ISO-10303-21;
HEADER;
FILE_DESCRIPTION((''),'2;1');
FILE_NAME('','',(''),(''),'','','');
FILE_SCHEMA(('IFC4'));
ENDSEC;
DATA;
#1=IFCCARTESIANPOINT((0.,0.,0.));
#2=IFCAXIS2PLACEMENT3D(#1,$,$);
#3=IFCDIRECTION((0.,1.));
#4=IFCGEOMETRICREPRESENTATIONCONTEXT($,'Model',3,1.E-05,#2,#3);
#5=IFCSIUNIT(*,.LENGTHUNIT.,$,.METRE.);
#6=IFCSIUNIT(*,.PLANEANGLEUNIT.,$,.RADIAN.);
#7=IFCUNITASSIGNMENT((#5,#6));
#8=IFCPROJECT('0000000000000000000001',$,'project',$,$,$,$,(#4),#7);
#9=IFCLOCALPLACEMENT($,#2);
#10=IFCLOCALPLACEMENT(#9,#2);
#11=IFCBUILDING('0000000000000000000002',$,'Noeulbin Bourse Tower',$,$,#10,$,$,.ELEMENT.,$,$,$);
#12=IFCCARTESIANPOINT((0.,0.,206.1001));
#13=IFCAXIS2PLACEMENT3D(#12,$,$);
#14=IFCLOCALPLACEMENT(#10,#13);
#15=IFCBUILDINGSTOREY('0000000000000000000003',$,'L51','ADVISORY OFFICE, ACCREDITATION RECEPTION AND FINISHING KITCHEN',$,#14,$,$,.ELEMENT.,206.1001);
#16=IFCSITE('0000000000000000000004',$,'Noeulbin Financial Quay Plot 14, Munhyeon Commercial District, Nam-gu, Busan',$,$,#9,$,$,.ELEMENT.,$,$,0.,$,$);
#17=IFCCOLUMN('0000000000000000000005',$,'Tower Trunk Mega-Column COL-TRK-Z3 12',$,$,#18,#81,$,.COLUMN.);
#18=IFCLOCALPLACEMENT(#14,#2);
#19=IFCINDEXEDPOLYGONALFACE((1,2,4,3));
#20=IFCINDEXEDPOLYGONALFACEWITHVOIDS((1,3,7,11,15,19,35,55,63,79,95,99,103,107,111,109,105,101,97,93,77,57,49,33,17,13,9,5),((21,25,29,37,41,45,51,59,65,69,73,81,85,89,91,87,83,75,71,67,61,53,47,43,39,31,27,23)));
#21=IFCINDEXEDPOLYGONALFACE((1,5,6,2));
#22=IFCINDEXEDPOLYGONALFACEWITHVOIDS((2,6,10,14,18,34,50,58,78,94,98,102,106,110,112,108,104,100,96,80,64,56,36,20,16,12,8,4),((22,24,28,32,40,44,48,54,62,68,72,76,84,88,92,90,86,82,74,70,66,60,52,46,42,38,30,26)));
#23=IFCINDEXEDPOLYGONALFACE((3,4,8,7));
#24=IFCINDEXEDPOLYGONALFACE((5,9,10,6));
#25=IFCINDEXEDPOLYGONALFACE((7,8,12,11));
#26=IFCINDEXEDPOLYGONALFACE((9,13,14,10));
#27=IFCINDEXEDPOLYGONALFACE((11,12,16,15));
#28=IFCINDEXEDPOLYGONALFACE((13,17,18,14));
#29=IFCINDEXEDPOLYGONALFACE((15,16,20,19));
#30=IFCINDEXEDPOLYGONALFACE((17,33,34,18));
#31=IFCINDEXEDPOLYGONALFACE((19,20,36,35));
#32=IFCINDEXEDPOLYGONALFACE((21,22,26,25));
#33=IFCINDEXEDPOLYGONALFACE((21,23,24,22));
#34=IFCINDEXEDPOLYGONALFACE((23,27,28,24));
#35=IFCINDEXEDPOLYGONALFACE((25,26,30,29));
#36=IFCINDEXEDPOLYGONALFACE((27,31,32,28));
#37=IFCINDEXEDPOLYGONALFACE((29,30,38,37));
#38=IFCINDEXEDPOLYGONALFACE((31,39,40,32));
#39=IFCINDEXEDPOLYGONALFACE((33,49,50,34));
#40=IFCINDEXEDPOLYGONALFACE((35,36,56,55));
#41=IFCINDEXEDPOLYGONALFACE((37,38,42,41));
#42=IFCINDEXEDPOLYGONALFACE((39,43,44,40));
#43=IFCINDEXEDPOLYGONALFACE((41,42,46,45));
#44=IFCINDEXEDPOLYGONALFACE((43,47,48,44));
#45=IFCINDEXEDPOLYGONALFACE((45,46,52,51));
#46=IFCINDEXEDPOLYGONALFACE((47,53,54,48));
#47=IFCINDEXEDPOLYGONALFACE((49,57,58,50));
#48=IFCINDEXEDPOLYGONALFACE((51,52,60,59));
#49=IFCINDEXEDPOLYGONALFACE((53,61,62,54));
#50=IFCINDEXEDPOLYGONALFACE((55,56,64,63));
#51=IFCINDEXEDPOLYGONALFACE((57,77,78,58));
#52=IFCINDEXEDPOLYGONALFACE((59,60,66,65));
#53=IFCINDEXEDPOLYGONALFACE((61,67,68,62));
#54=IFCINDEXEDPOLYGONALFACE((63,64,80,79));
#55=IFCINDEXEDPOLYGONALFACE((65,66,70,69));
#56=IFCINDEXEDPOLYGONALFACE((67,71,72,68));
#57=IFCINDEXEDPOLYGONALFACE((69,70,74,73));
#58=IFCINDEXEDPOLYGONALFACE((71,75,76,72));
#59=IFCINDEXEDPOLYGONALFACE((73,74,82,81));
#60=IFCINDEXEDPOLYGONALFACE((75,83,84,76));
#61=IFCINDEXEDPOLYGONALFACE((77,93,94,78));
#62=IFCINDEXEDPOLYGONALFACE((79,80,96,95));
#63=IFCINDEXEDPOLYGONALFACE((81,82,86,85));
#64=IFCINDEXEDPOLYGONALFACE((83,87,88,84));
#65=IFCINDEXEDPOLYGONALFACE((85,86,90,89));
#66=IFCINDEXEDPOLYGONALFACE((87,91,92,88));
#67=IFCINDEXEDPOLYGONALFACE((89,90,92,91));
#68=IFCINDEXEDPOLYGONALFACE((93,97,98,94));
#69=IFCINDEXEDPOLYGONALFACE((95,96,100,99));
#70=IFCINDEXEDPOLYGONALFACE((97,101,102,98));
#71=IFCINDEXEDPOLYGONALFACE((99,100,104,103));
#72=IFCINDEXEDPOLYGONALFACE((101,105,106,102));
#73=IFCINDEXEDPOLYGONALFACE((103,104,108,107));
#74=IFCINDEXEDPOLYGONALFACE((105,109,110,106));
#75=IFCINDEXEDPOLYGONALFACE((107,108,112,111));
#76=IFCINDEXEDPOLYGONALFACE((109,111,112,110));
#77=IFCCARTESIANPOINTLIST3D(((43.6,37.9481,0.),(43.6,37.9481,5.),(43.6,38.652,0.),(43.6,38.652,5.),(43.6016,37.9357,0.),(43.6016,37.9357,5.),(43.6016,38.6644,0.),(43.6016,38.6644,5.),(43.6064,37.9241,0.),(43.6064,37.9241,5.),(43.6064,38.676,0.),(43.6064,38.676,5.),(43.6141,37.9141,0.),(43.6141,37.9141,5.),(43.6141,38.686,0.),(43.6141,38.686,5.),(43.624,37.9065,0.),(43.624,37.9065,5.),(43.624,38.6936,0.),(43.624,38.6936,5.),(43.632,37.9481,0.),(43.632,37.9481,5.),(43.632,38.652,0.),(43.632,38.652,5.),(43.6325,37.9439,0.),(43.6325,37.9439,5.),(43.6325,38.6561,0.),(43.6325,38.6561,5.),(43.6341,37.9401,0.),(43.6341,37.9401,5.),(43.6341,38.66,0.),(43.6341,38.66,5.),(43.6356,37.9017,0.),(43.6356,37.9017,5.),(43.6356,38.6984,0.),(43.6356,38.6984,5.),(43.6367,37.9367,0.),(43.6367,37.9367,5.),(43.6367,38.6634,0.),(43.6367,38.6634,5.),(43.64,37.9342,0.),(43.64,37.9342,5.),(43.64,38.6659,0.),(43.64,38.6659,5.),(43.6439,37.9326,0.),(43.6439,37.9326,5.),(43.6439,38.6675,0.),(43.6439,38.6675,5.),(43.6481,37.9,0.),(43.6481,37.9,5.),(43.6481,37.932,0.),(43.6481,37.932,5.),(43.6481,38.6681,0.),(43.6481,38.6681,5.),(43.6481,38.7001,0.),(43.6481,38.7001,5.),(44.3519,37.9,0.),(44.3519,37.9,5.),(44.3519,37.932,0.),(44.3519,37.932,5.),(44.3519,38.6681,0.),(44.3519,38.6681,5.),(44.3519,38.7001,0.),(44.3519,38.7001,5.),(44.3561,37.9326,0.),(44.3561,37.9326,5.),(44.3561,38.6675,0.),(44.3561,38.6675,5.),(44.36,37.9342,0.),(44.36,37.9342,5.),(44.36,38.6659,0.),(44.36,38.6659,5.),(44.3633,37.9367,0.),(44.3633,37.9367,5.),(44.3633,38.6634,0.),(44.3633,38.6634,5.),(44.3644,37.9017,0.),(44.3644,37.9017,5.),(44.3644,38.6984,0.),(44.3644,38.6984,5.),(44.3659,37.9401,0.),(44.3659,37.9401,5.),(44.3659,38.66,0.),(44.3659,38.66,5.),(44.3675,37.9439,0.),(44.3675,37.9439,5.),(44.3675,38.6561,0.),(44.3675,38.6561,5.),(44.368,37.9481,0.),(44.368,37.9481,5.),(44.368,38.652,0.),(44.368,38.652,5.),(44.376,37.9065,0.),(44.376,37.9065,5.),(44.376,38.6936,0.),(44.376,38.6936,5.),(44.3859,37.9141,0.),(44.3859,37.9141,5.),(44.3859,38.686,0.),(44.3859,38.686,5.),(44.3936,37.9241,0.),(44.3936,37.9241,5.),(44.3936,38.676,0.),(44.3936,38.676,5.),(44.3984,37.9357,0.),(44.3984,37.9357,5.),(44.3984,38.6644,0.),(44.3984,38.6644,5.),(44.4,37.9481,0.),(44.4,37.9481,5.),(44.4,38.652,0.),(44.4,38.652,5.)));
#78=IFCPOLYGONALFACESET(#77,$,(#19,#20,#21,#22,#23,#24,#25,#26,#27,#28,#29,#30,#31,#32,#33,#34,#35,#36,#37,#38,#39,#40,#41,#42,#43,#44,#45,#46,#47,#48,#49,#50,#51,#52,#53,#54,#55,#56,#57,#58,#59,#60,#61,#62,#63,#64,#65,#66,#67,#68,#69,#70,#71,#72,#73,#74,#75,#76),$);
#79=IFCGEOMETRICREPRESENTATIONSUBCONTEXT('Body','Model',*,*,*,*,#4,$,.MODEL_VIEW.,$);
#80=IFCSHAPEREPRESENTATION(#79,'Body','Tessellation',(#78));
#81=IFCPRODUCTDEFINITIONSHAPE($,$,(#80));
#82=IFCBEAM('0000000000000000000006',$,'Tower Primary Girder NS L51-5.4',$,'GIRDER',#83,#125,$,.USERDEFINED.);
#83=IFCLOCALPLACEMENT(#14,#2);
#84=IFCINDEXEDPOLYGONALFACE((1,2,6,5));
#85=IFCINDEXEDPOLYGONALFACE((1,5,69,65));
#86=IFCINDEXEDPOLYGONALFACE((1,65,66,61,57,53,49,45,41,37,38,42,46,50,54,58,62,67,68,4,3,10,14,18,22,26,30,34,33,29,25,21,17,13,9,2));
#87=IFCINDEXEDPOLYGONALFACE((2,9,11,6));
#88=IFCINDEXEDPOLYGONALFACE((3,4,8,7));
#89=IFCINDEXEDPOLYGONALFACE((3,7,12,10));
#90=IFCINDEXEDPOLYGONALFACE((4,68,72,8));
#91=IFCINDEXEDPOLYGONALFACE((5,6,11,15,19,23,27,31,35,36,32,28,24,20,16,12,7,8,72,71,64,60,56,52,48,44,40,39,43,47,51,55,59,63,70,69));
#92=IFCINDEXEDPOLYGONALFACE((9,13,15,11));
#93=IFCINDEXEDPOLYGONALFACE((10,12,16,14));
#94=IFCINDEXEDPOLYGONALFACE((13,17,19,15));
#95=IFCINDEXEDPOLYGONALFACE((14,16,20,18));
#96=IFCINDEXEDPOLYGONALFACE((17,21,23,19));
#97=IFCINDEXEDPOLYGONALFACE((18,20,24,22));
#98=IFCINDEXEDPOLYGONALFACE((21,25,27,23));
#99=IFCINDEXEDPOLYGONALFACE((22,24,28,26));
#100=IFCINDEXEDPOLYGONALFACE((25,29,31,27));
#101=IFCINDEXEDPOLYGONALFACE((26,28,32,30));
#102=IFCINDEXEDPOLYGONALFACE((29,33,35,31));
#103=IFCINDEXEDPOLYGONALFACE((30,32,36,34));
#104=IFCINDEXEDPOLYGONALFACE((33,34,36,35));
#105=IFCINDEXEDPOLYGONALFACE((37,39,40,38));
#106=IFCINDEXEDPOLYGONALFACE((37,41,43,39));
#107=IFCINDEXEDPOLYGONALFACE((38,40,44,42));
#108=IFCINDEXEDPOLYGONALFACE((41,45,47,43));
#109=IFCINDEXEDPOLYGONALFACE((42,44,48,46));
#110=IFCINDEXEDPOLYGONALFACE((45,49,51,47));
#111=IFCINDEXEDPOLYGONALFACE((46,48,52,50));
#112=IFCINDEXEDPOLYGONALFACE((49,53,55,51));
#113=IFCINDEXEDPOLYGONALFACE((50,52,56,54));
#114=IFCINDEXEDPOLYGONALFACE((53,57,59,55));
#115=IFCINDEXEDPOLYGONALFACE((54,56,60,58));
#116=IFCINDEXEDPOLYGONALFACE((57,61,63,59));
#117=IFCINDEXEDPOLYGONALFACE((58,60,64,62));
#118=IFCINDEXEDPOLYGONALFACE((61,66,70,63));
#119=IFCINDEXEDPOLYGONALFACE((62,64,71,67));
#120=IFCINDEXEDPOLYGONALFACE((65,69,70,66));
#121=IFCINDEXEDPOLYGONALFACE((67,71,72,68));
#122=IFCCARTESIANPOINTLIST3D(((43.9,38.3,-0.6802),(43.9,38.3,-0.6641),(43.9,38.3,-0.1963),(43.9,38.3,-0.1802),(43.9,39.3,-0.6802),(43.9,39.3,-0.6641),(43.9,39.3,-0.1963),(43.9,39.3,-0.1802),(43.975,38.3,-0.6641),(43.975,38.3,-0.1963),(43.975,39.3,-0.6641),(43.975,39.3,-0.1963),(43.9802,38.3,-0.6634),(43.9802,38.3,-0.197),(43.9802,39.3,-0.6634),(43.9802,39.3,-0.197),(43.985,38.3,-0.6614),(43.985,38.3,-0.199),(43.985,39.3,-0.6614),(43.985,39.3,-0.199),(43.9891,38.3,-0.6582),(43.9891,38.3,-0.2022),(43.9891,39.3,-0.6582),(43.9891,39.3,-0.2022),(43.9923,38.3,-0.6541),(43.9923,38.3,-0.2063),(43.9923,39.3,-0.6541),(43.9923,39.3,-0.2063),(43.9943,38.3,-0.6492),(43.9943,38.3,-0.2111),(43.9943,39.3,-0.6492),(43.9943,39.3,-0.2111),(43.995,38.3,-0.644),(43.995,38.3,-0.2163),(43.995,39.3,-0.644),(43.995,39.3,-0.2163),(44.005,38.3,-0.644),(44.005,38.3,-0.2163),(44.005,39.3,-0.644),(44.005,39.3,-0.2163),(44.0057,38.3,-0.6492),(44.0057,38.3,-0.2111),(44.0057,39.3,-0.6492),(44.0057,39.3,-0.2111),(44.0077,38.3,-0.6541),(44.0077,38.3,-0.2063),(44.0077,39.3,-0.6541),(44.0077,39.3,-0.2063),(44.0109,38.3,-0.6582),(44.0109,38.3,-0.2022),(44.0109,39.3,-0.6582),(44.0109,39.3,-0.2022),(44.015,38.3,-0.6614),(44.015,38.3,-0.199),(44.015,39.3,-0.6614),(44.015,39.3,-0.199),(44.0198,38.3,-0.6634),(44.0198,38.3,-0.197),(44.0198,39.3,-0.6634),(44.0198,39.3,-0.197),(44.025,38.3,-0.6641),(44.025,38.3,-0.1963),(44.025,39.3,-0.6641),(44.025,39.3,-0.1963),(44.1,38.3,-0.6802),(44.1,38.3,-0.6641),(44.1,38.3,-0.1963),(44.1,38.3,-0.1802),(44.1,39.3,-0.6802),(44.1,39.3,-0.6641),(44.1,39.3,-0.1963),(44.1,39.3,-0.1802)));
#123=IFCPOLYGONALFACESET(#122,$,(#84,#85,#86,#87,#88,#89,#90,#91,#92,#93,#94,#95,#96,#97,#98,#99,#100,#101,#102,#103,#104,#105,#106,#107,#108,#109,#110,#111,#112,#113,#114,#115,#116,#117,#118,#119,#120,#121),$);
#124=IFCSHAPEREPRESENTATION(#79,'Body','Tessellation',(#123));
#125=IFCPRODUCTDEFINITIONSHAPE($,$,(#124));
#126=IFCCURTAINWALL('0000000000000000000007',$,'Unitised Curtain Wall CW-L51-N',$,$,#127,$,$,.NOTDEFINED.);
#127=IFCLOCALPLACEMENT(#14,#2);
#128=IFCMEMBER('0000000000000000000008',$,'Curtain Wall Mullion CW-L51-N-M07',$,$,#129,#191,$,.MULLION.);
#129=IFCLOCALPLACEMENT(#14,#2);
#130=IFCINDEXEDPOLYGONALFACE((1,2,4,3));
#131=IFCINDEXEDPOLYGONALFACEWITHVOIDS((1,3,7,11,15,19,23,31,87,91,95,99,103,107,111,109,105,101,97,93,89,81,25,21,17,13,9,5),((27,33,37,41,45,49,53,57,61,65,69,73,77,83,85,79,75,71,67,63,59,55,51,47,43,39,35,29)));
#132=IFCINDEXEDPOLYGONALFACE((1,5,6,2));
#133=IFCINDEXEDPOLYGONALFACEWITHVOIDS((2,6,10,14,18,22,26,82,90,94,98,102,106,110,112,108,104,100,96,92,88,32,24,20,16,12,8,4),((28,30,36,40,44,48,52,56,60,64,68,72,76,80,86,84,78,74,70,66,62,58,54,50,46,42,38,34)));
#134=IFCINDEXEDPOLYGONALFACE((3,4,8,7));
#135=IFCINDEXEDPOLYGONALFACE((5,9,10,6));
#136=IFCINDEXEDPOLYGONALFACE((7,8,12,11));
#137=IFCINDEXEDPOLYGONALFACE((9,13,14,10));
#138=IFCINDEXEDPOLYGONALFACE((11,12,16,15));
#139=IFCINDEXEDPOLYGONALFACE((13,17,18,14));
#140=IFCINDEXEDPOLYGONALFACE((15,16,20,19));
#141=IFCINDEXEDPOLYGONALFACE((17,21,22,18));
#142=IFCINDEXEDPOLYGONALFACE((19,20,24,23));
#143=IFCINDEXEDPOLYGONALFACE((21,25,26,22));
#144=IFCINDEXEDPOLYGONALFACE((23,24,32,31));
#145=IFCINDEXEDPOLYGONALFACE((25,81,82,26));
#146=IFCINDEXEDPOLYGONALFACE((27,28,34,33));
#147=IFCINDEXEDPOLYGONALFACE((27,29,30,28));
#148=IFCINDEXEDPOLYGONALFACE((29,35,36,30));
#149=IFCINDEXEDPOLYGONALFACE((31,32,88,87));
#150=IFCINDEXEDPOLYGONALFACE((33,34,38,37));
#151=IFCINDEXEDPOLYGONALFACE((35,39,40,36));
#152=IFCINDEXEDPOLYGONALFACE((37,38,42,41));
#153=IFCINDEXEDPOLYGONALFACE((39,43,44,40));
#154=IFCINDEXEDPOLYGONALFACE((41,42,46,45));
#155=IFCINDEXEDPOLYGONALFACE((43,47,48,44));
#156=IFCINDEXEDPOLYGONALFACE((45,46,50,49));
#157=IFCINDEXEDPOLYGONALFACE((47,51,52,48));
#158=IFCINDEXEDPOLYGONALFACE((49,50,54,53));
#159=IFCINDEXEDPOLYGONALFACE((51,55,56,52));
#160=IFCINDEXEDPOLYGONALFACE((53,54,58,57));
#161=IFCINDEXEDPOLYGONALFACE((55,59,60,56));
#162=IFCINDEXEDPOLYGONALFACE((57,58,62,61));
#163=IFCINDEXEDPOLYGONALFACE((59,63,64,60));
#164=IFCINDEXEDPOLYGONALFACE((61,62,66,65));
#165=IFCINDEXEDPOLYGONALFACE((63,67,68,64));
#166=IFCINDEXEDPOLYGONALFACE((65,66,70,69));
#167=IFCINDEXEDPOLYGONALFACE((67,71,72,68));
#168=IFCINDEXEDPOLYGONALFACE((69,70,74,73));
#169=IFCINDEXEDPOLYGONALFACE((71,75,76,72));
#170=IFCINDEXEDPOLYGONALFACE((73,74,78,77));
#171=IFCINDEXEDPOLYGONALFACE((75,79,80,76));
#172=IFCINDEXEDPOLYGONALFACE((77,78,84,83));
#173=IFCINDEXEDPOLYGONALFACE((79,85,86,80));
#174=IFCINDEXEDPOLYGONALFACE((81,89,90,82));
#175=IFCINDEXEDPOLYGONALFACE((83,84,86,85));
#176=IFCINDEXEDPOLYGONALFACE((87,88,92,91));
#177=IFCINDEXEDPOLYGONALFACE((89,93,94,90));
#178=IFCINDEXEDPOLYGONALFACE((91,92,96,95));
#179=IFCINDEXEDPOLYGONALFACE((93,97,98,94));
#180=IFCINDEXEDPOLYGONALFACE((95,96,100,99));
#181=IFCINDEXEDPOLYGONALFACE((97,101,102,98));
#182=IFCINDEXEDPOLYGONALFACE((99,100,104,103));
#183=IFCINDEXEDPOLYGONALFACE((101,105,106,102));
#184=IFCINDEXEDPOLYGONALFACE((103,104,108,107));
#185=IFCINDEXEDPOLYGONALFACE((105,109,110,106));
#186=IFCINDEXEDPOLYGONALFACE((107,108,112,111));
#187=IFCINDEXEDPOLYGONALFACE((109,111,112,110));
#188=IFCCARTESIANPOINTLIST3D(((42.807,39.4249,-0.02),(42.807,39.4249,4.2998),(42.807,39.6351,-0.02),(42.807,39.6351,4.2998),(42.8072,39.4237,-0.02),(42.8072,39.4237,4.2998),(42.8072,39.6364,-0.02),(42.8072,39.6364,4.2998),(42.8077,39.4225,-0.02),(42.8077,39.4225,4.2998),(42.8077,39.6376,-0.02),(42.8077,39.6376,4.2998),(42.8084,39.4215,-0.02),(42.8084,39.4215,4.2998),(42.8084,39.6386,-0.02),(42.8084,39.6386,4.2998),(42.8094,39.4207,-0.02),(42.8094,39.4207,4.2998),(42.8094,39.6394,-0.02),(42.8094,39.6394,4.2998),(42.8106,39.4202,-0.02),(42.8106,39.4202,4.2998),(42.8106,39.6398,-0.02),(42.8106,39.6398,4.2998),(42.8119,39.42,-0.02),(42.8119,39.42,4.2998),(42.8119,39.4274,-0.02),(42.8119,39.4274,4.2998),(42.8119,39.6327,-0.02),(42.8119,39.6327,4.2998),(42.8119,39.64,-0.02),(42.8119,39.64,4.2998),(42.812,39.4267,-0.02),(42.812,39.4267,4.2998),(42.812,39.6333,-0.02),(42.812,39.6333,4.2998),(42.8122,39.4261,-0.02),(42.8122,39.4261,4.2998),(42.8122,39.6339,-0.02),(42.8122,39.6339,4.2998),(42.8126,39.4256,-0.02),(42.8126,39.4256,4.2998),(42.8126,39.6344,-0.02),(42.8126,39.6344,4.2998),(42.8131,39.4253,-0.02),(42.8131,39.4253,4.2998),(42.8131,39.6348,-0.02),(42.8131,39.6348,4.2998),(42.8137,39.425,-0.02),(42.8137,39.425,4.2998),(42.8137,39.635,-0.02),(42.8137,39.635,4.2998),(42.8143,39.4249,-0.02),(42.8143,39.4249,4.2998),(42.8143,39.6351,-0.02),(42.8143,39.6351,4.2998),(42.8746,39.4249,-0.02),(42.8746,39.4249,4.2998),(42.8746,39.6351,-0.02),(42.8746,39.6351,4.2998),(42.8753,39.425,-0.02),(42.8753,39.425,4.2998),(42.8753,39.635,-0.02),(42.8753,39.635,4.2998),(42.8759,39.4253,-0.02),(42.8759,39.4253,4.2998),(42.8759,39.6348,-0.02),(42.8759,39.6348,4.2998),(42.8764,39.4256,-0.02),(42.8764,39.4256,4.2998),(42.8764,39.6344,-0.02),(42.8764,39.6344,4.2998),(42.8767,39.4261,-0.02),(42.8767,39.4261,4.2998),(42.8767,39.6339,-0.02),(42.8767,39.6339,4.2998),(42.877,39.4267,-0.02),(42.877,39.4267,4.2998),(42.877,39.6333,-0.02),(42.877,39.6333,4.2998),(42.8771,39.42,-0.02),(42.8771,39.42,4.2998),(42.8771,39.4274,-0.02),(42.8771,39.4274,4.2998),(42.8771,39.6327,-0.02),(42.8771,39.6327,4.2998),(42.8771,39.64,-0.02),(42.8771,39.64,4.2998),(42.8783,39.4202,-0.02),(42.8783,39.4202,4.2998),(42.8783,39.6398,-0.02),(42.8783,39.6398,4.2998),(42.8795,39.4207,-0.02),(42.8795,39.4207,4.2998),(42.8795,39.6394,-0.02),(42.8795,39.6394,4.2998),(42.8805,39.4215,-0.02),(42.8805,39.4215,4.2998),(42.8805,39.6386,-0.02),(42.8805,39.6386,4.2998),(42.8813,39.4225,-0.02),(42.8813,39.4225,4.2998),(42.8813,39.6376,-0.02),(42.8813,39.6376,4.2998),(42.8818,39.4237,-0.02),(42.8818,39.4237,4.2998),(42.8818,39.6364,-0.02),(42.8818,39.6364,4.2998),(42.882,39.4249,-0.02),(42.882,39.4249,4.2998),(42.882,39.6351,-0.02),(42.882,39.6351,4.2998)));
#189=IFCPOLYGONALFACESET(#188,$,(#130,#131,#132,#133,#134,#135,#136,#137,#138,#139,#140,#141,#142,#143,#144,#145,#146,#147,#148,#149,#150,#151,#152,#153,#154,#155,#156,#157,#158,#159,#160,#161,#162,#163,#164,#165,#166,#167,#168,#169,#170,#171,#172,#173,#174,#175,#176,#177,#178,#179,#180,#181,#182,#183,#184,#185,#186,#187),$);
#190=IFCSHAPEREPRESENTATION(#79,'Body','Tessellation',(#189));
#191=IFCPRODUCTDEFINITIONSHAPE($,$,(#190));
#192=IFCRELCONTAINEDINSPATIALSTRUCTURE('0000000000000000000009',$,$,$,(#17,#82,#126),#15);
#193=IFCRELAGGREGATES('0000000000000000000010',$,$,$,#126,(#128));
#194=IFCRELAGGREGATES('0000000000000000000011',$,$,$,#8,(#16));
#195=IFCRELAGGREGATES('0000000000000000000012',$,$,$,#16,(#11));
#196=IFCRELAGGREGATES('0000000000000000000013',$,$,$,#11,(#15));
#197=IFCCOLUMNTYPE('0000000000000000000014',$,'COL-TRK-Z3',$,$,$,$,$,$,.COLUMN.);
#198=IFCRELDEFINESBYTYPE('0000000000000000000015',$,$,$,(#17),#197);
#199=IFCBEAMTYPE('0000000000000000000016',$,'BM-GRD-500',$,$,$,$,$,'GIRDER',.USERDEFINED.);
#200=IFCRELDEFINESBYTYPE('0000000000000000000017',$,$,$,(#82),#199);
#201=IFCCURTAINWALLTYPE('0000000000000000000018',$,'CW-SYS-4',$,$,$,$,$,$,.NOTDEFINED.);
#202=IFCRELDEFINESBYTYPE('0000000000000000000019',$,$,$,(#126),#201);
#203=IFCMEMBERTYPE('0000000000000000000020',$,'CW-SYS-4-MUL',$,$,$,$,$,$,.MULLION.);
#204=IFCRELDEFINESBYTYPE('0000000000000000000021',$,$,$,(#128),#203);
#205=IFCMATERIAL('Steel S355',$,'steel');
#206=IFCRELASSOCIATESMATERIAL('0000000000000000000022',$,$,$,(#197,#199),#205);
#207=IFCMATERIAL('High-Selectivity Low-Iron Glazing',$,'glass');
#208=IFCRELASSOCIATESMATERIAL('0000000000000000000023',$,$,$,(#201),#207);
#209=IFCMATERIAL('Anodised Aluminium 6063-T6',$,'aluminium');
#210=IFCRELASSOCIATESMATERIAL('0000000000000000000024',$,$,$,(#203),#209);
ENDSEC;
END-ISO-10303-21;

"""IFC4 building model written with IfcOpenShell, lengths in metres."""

from ifc_helpers import new_model, si_unit, direction, frame, origin, origin_2d, place, context, subcontext, project, spatial, hollow_rectangle, i_section, extrude, material, material_profile, profile_set, type_object, element, aggregate, save


model = new_model("IFC4")

# Units and contexts
model_context = context("Model", 3, precision=1e-05, world=origin(), true_north=direction((0.0, 1.0)))
body_context = subcontext(model_context, "Body", "Model", "MODEL_VIEW")
ifc_project = project(units=[si_unit("LENGTHUNIT", "METRE"), si_unit("PLANEANGLEUNIT", "RADIAN")], contexts=[model_context])

# Site, building, storey
site_placement = place(None, origin())
site = spatial("IfcSite", under=ifc_project, at=site_placement, Name="Noeulbin Financial Quay Plot 14, Munhyeon Commercial District, Nam-gu, Busan", CompositionType="ELEMENT", RefElevation=0.0)
building_placement = place(site_placement, origin())
building = spatial("IfcBuilding", under=site, at=building_placement, Name="Noeulbin Bourse Tower", CompositionType="ELEMENT")
storey_placement = place(building_placement, frame((0.0, 0.0, 206.1001)))
storey = spatial("IfcBuildingStorey", under=building, at=storey_placement, Name="L51", Description="ADVISORY OFFICE, ACCREDITATION RECEPTION AND FINISHING KITCHEN", CompositionType="ELEMENT", Elevation=206.1001)

# Column
ifc_material_1 = material(Name="Steel S355", Category="steel")
ifc_material_profile_1 = material_profile(ifc_material_1, hollow_rectangle(XDim=0.8, YDim=0.8, WallThickness=0.032, InnerFilletRadius=0.0161, OuterFilletRadius=0.0481, at=origin_2d()), Name="BOX-800x800x32", Category="LoadBearing")
ifc_profile_set_1 = profile_set([ifc_material_profile_1], Name="Steel S355")
column_type = type_object("IfcColumnType", Name="COL-TRK-Z3", PredefinedType="COLUMN", material=ifc_profile_set_1)
column_placement = place(storey_placement, frame((44.0, 38.3, 0.0), z_axis=(0.0, 0.0, 1.0), x_axis=(1.0, 0.0, 0.0)))
element("IfcColumn", 1, at=column_placement, inside=storey, type_object=column_type, Name="Tower Trunk Mega-Column COL-TRK-Z3 12", PredefinedType="COLUMN", context=body_context, shape_type="SweptSolid", body=[
    extrude(hollow_rectangle(XDim=0.8, YDim=0.8, WallThickness=0.032, InnerFilletRadius=0.0161, OuterFilletRadius=0.0481, at=origin_2d()), origin(), (0.0, 0.0, 1.0), 5.0),
])

# Beam
ifc_material_profile_2 = material_profile(ifc_material_1, i_section(OverallWidth=0.2, OverallDepth=0.5, WebThickness=0.01, FlangeThickness=0.0161, FilletRadius=0.02, at=origin_2d()), Name="H-500x200x10x16", Category="LoadBearing")
ifc_profile_set_2 = profile_set([ifc_material_profile_2], Name="Steel S355")
beam_type = type_object("IfcBeamType", Name="BM-GRD-500", ElementType="GIRDER", PredefinedType="USERDEFINED", material=ifc_profile_set_2)
beam_placement = place(storey_placement, frame((44.0, 38.3, -0.4302), z_axis=(0.0, 1.0, 0.0), x_axis=(-1.0, 0.0, 0.0)))
element("IfcBeam", 2, at=beam_placement, inside=storey, type_object=beam_type, Name="Tower Primary Girder NS L51-5.4", ObjectType="GIRDER", PredefinedType="USERDEFINED", context=body_context, shape_type="SweptSolid", body=[
    extrude(i_section(OverallWidth=0.2, OverallDepth=0.5, WebThickness=0.01, FlangeThickness=0.0161, FilletRadius=0.02, at=origin_2d()), origin(), (0.0, 0.0, 1.0), 1.0),
])

# Curtain wall, member
ifc_material_2 = material(Name="High-Selectivity Low-Iron Glazing", Category="glass")
curtain_wall_type = type_object("IfcCurtainWallType", Name="CW-SYS-4", PredefinedType="NOTDEFINED", material=ifc_material_2)
curtain_wall_1_placement = place(storey_placement, origin())
curtain_wall_1 = element("IfcCurtainWall", 3, at=curtain_wall_1_placement, inside=storey, type_object=curtain_wall_type, Name="Unitised Curtain Wall CW-L51-N", PredefinedType="NOTDEFINED")
ifc_material_3 = material(Name="Anodised Aluminium 6063-T6", Category="aluminium")
ifc_material_profile_3 = material_profile(ifc_material_3, hollow_rectangle(XDim=0.075, YDim=0.22, WallThickness=0.0049, InnerFilletRadius=0.0024, OuterFilletRadius=0.0049, at=origin_2d()), Name="ALU-MULL-75x220x5", Category="LoadBearing")
ifc_profile_set_3 = profile_set([ifc_material_profile_3], Name="Anodised Aluminium 6063-T6")
member_type_1 = type_object("IfcMemberType", Name="CW-SYS-4-MUL", PredefinedType="MULLION", material=ifc_profile_set_3)
member_1_placement = place(storey_placement, frame((42.8445, 39.53, -0.02), z_axis=(0.0, 0.0, 1.0), x_axis=(1.0, 0.0, 0.0)))
member_1 = element("IfcMember", 4, at=member_1_placement, type_object=member_type_1, Name="Curtain Wall Mullion CW-L51-N-M07", PredefinedType="MULLION", context=body_context, shape_type="SweptSolid", body=[
    extrude(hollow_rectangle(XDim=0.075, YDim=0.22, WallThickness=0.0049, InnerFilletRadius=0.0024, OuterFilletRadius=0.0049, at=origin_2d()), origin(), (0.0, 0.0, 1.0), 4.3198),
])

aggregate(curtain_wall_1, [member_1])

save(model, "model.ifc")
